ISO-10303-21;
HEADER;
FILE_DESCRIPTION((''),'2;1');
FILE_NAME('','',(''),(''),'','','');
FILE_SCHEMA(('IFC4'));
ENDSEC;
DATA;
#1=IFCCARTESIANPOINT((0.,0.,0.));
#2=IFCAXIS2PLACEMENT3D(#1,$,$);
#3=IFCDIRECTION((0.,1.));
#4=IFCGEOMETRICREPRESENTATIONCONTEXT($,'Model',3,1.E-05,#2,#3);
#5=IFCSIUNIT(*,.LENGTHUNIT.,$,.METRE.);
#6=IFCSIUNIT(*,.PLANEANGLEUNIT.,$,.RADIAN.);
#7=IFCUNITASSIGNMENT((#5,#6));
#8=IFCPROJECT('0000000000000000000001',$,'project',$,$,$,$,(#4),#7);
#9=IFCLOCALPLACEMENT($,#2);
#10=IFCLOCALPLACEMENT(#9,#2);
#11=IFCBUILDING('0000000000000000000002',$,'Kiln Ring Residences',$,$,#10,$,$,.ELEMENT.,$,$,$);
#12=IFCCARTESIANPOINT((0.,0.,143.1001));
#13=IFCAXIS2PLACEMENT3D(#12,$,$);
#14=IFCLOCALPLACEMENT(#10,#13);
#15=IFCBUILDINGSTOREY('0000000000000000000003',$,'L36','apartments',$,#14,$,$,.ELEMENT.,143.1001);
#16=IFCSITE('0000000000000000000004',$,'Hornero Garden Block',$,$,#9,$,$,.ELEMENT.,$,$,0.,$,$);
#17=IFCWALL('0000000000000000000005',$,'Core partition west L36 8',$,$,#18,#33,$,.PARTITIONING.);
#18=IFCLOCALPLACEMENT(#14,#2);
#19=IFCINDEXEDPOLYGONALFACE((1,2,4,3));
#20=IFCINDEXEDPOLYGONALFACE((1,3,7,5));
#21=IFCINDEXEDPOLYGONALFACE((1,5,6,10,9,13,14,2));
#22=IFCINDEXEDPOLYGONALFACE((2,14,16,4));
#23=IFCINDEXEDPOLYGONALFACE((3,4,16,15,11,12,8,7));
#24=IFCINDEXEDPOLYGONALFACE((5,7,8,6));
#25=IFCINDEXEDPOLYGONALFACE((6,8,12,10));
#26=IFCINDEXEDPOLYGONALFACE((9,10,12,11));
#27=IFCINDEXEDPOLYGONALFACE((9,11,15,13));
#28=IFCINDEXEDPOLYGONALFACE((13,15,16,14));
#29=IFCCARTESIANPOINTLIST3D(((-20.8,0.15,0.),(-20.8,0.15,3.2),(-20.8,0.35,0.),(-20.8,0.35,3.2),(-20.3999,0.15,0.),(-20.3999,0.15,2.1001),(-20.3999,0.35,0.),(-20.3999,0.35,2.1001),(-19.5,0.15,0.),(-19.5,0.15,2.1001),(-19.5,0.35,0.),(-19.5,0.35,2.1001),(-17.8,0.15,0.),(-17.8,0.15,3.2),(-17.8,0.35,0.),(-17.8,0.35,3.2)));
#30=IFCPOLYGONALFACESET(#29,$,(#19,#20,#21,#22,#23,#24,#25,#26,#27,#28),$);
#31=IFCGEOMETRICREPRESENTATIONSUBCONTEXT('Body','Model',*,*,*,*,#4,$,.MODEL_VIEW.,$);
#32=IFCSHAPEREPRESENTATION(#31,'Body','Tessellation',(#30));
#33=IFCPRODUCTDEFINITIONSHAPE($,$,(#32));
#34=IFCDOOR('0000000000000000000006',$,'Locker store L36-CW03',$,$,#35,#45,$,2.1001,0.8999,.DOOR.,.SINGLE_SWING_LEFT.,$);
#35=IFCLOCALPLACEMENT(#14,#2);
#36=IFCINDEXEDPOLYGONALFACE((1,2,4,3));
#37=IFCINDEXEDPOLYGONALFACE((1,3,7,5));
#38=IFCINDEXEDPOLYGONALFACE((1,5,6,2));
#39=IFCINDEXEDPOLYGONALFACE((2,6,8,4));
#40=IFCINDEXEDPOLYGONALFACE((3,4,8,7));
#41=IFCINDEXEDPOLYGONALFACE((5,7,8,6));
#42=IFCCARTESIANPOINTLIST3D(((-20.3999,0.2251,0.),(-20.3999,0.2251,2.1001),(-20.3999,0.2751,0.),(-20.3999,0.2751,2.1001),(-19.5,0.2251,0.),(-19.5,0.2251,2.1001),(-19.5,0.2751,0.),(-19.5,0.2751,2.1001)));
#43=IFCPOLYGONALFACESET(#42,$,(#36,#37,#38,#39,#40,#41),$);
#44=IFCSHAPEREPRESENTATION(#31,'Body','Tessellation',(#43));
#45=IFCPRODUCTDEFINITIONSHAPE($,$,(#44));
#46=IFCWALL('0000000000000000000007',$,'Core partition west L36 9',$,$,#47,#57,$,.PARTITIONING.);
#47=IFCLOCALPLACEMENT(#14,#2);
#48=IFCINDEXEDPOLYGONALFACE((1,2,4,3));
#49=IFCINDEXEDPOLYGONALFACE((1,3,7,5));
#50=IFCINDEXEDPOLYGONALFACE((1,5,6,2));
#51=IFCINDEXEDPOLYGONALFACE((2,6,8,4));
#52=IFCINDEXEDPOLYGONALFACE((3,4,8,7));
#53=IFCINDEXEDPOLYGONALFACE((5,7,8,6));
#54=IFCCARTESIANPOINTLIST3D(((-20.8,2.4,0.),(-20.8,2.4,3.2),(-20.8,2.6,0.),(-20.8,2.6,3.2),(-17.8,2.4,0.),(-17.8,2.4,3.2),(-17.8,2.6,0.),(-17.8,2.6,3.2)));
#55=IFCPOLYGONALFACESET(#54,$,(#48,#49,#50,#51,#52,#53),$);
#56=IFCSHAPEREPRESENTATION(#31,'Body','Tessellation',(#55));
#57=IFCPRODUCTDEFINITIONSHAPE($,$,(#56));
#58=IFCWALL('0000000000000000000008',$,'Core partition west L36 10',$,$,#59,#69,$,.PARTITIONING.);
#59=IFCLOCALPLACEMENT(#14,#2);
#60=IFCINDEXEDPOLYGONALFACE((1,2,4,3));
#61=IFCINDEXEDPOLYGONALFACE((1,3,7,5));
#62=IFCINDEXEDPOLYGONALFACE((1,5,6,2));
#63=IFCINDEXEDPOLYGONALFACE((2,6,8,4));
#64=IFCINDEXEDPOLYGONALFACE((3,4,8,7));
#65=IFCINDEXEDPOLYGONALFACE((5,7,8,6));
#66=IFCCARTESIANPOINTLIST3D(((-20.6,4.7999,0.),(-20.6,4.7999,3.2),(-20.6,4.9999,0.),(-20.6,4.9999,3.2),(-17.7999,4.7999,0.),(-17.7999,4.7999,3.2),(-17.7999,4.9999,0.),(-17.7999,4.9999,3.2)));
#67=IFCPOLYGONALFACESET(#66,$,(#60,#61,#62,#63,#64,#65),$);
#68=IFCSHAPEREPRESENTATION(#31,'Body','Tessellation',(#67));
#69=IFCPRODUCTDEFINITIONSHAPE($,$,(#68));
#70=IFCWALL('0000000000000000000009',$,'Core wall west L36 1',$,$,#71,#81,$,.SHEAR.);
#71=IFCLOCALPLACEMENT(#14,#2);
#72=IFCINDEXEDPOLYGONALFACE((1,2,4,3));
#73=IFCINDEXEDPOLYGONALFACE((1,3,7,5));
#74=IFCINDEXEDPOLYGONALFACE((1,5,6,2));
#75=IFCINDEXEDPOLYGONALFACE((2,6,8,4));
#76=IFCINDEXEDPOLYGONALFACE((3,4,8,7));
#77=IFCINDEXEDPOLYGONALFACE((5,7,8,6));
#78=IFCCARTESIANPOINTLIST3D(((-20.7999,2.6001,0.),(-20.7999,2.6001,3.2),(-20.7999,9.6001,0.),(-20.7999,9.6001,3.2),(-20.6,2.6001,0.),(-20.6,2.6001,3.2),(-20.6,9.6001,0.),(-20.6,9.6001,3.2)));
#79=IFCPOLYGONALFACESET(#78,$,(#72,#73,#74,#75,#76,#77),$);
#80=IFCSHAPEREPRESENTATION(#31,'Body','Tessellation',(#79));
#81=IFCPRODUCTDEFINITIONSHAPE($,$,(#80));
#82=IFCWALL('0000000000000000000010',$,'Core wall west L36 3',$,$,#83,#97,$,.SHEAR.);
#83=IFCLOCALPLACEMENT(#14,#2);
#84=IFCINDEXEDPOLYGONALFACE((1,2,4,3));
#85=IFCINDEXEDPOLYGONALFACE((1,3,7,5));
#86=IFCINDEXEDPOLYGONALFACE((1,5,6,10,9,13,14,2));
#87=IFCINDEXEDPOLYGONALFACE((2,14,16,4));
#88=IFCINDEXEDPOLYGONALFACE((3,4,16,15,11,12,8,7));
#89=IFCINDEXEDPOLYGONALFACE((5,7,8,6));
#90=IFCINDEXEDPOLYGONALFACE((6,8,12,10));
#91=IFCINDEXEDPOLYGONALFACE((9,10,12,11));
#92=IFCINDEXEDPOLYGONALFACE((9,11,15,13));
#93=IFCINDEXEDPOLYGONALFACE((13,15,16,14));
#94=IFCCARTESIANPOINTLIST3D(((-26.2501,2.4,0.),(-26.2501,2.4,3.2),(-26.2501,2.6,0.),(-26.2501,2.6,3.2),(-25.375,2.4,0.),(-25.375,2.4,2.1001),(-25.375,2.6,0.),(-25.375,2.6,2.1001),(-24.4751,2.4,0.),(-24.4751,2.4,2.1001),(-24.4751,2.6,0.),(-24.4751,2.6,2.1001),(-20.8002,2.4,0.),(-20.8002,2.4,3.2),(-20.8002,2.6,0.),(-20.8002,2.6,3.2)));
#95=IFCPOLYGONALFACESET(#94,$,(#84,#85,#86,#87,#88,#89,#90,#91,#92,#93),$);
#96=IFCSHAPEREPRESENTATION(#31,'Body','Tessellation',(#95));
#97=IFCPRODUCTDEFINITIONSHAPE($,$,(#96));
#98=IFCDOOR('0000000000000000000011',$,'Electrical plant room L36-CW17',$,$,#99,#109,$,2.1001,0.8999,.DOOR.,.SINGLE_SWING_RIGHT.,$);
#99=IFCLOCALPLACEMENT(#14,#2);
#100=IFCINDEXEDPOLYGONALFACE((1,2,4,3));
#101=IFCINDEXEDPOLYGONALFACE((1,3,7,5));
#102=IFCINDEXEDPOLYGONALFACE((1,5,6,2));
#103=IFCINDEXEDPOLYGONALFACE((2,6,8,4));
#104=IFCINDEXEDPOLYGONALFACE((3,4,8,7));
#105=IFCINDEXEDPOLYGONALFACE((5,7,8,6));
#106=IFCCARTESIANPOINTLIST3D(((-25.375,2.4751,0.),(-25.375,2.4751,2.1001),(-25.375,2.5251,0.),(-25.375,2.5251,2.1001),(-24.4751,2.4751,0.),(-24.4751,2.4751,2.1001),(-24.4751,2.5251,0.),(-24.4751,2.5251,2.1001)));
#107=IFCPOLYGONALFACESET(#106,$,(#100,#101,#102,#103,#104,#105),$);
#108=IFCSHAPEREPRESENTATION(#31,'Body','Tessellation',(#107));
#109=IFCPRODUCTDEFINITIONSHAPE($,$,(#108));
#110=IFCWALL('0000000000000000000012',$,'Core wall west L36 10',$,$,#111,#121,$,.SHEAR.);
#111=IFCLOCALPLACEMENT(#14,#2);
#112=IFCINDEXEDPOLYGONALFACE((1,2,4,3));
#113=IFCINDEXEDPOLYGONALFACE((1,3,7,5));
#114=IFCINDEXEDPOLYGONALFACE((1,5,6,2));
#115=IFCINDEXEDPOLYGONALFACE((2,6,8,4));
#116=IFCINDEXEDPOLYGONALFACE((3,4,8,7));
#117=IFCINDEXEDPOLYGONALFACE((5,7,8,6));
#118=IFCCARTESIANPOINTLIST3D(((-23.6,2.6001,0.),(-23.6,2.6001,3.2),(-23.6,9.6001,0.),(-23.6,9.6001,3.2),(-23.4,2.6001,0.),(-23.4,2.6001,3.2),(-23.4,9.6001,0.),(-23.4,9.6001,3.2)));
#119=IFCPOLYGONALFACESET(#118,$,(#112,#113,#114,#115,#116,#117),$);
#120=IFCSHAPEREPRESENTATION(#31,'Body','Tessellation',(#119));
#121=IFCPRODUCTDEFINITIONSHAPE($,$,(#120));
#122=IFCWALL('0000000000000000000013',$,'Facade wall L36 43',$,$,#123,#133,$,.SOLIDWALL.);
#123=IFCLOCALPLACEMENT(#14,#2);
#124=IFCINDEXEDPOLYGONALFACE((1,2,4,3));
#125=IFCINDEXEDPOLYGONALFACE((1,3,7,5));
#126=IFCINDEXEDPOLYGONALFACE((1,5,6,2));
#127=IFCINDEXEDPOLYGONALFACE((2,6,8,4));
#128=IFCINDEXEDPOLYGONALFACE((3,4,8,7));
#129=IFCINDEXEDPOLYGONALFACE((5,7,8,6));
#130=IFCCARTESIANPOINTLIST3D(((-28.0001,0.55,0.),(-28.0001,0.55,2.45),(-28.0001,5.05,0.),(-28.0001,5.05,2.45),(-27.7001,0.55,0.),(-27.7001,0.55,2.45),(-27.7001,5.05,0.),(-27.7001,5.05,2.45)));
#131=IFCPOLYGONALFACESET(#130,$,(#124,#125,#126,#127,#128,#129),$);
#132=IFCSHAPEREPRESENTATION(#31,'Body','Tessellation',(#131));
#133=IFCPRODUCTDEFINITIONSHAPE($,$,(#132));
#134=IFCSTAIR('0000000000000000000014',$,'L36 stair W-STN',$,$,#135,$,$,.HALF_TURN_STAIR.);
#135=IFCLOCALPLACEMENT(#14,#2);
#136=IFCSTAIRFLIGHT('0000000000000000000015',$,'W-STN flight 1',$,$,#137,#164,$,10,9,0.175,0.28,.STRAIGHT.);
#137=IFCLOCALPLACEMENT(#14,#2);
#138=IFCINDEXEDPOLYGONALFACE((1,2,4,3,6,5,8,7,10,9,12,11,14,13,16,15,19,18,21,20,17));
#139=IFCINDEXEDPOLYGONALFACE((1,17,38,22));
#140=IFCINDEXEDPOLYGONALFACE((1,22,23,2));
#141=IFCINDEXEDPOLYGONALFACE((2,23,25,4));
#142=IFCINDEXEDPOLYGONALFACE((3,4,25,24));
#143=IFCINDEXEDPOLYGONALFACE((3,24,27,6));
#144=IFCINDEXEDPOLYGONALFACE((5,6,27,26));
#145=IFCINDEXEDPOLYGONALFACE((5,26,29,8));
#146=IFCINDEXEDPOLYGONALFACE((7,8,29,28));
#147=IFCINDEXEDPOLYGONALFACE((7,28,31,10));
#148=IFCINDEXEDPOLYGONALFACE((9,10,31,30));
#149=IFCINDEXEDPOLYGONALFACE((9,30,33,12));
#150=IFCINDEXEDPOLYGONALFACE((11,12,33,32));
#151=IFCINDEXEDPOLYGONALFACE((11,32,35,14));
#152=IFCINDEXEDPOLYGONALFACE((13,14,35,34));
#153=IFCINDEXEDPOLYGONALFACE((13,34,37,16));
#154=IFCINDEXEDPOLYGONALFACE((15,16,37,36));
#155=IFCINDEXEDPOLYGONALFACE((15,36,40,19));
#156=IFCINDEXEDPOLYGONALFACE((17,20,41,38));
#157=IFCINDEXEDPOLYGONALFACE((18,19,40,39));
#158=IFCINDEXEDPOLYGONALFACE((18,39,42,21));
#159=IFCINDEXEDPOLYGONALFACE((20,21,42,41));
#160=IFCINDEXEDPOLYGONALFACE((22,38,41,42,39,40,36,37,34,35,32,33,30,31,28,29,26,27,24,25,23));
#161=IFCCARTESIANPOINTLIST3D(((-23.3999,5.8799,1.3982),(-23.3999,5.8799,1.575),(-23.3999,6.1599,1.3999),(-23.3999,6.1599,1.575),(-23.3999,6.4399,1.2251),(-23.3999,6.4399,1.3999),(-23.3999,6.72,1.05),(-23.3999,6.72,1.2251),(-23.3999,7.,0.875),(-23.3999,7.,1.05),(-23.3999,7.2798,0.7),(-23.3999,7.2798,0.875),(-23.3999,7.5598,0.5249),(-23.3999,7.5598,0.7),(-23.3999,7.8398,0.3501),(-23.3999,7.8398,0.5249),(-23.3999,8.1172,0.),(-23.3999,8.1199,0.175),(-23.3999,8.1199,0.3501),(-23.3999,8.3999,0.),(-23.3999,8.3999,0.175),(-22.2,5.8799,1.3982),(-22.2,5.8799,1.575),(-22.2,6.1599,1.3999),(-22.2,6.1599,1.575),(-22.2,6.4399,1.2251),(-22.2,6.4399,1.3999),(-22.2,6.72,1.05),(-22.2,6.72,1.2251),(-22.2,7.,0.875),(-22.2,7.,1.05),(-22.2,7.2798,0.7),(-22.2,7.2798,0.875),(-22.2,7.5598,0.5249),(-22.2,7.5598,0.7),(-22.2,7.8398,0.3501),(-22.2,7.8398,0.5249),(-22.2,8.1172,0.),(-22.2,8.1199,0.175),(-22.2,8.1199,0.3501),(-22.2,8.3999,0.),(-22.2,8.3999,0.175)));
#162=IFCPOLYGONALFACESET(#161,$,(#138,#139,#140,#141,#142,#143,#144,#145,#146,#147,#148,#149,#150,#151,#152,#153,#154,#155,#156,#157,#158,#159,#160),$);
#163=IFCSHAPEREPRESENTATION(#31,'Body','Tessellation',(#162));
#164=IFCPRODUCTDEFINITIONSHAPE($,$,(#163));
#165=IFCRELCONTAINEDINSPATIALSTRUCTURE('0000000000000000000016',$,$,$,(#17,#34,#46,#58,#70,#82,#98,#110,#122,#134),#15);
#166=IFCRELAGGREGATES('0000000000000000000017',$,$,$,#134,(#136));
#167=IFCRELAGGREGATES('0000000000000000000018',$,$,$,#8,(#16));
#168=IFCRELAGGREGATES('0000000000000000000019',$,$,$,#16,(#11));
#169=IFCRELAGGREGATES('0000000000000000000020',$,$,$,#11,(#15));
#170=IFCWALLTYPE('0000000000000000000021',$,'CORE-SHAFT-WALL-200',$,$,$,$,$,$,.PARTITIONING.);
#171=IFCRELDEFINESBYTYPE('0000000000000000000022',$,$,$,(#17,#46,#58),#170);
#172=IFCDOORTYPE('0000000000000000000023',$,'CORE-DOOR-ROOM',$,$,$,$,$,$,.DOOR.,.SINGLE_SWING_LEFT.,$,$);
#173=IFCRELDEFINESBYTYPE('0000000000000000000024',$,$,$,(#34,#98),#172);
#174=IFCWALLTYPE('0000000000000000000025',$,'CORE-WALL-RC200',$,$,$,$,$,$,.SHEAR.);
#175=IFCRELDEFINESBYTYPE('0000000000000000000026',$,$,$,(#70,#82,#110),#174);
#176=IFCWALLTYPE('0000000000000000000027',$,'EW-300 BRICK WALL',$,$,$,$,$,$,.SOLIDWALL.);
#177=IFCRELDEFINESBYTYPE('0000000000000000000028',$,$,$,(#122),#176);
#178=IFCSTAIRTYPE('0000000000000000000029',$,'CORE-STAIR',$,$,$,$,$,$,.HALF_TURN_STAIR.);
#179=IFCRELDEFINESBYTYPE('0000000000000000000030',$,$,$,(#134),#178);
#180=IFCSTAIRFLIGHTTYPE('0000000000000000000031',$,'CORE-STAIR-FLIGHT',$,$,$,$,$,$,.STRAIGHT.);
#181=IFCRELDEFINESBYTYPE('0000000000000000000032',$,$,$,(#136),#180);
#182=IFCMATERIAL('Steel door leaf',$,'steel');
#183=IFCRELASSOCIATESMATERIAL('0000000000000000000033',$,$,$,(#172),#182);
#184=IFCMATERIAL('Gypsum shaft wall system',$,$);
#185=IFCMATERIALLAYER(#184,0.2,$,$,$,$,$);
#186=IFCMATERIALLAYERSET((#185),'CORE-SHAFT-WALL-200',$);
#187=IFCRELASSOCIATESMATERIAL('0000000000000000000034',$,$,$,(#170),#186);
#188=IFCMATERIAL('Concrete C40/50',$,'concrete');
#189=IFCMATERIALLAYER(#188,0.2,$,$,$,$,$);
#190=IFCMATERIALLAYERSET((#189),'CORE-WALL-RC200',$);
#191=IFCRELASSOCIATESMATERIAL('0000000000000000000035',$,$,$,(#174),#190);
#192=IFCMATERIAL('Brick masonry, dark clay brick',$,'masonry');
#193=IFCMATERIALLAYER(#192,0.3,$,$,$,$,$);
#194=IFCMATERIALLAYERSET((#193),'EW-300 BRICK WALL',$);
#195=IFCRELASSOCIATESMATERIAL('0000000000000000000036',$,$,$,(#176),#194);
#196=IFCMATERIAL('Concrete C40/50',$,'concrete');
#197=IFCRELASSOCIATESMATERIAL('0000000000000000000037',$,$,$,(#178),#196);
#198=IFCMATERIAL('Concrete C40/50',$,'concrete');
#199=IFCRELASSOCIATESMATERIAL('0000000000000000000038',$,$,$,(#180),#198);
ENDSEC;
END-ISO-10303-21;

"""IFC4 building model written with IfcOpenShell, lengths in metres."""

from ifc_helpers import new_model, si_unit, direction, frame, frame_2d, origin, place, context, subcontext, project, spatial, polyline, rectangle, outline, extrude, material, layer, layer_set, type_object, element, fill, aggregate, save


model = new_model("IFC4")

# Units and contexts
model_context = context("Model", 3, precision=1e-05, world=origin(), true_north=direction((0.0, 1.0)))
body_context = subcontext(model_context, "Body", "Model", "MODEL_VIEW")
ifc_project = project(units=[si_unit("LENGTHUNIT", "METRE"), si_unit("PLANEANGLEUNIT", "RADIAN")], contexts=[model_context])

# Site, building, storey
site_placement = place(None, origin())
site = spatial("IfcSite", under=ifc_project, at=site_placement, Name="Hornero Garden Block", CompositionType="ELEMENT", RefElevation=0.0)
building_placement = place(site_placement, origin())
building = spatial("IfcBuilding", under=site, at=building_placement, Name="Kiln Ring Residences", CompositionType="ELEMENT")
storey_placement = place(building_placement, frame((0.0, 0.0, 143.1001)))
storey = spatial("IfcBuildingStorey", under=building, at=storey_placement, Name="L36", Description="apartments", CompositionType="ELEMENT", Elevation=143.1001)

# Shared definitions
ifc_material_1 = material(Name="Steel door leaf", Category="steel")
door_type = type_object("IfcDoorType", Name="CORE-DOOR-ROOM", OperationType="SINGLE_SWING_LEFT", PredefinedType="DOOR", material=ifc_material_1)

# Wall, opening, door
ifc_material_2 = material(Name="Gypsum shaft wall system")
ifc_layer_1 = layer(ifc_material_2, 0.2)
ifc_layer_set_1 = layer_set([ifc_layer_1], Name="CORE-SHAFT-WALL-200")
wall_type_1 = type_object("IfcWallType", Name="CORE-SHAFT-WALL-200", PredefinedType="PARTITIONING", material=ifc_layer_set_1)
wall_1_placement = place(storey_placement, frame((-17.8, 0.25, 0.0), z_axis=(0.0, 0.0, 1.0), x_axis=(-1.0, 0.0, 0.0)))
wall_1 = element("IfcWall", 1, at=wall_1_placement, inside=storey, type_object=wall_type_1, Name="Core partition west L36 8", PredefinedType="PARTITIONING", context=body_context, shape_type="SweptSolid", body=[
    extrude(rectangle(XDim=3.0, YDim=0.2, at=frame_2d((1.5, 0.0))), origin(), (0.0, 0.0, 1.0), 3.2),
])
opening_1_placement = place(wall_1_placement, frame((1.7, 0.0, 0.0)))
opening_1 = element("IfcOpeningElement", 2, at=opening_1_placement, cuts=wall_1, PredefinedType="OPENING", context=body_context, shape_type="SweptSolid", body=[
    extrude(rectangle(XDim=0.8999, YDim=2.1001, at=frame_2d((0.45, 1.05))), frame((0.0, 0.1099, 0.0), z_axis=(0.0, -1.0, 0.0), x_axis=(1.0, 0.0, 0.0)), (0.0, 0.0, 1.0), 0.22),
])
door_1_placement = place(opening_1_placement, origin())
door_1 = element("IfcDoor", 3, at=door_1_placement, inside=storey, type_object=door_type, Name="Locker store L36-CW03", OperationType="SINGLE_SWING_LEFT", OverallHeight=2.1001, OverallWidth=0.8999, PredefinedType="DOOR", context=body_context, shape_type="SweptSolid", body=[
    extrude(rectangle(XDim=0.8999, YDim=2.1001, at=frame_2d((0.45, 1.05))), frame((0.0, 0.0249, 0.0), z_axis=(0.0, -1.0, 0.0), x_axis=(1.0, 0.0, 0.0)), (0.0, 0.0, 1.0), 0.05),
])
fill(opening_1, door_1)

# Walls
wall_2_placement = place(storey_placement, frame((-17.8, 2.5, 0.0), z_axis=(0.0, 0.0, 1.0), x_axis=(-1.0, 0.0, 0.0)))
element("IfcWall", 4, at=wall_2_placement, inside=storey, type_object=wall_type_1, Name="Core partition west L36 9", PredefinedType="PARTITIONING", context=body_context, shape_type="SweptSolid", body=[
    extrude(rectangle(XDim=3.0, YDim=0.2, at=frame_2d((1.5, 0.0))), origin(), (0.0, 0.0, 1.0), 3.2),
])
wall_3_placement = place(storey_placement, frame((-17.8, 4.8999, 0.0), z_axis=(0.0, 0.0, 1.0), x_axis=(-1.0, 0.0, 0.0)))
element("IfcWall", 5, at=wall_3_placement, inside=storey, type_object=wall_type_1, Name="Core partition west L36 10", PredefinedType="PARTITIONING", context=body_context, shape_type="SweptSolid", body=[
    extrude(rectangle(XDim=2.8, YDim=0.2, at=frame_2d((1.3999, 0.0))), origin(), (0.0, 0.0, 1.0), 3.2),
])
ifc_material_3 = material(Name="Concrete C40/50", Category="concrete")
ifc_layer_2 = layer(ifc_material_3, 0.2)
ifc_layer_set_2 = layer_set([ifc_layer_2], Name="CORE-WALL-RC200")
wall_type_2 = type_object("IfcWallType", Name="CORE-WALL-RC200", PredefinedType="SHEAR", material=ifc_layer_set_2)
wall_4_placement = place(storey_placement, frame((-20.7, 2.6001, 0.0), z_axis=(0.0, 0.0, 1.0), x_axis=(0.0, 1.0, 0.0)))
element("IfcWall", 6, at=wall_4_placement, inside=storey, type_object=wall_type_2, Name="Core wall west L36 1", PredefinedType="SHEAR", context=body_context, shape_type="SweptSolid", body=[
    extrude(rectangle(XDim=7.0, YDim=0.2, at=frame_2d((3.5, 0.0))), origin(), (0.0, 0.0, 1.0), 3.2),
])

# Wall, opening, door
wall_5_placement = place(storey_placement, frame((-20.8, 2.5, 0.0), z_axis=(0.0, 0.0, 1.0), x_axis=(-1.0, 0.0, 0.0)))
wall_5 = element("IfcWall", 7, at=wall_5_placement, inside=storey, type_object=wall_type_2, Name="Core wall west L36 3", PredefinedType="SHEAR", context=body_context, shape_type="SweptSolid", body=[
    extrude(rectangle(XDim=5.45, YDim=0.2, at=frame_2d((2.7251, 0.0))), origin(), (0.0, 0.0, 1.0), 3.2),
])
opening_2_placement = place(wall_5_placement, frame((3.675, 0.0, 0.0)))
opening_2 = element("IfcOpeningElement", 8, at=opening_2_placement, cuts=wall_5, PredefinedType="OPENING", context=body_context, shape_type="SweptSolid", body=[
    extrude(rectangle(XDim=0.8999, YDim=2.1001, at=frame_2d((0.45, 1.05))), frame((0.0, 0.1099, 0.0), z_axis=(0.0, -1.0, 0.0), x_axis=(1.0, 0.0, 0.0)), (0.0, 0.0, 1.0), 0.22),
])
door_2_placement = place(opening_2_placement, origin())
door_2 = element("IfcDoor", 9, at=door_2_placement, inside=storey, type_object=door_type, Name="Electrical plant room L36-CW17", OperationType="SINGLE_SWING_RIGHT", OverallHeight=2.1001, OverallWidth=0.8999, PredefinedType="DOOR", context=body_context, shape_type="SweptSolid", body=[
    extrude(rectangle(XDim=0.8999, YDim=2.1001, at=frame_2d((0.45, 1.05))), frame((0.0, 0.0249, 0.0), z_axis=(0.0, -1.0, 0.0), x_axis=(1.0, 0.0, 0.0)), (0.0, 0.0, 1.0), 0.05),
])
fill(opening_2, door_2)

# Walls
wall_6_placement = place(storey_placement, frame((-23.5, 2.6001, 0.0), z_axis=(0.0, 0.0, 1.0), x_axis=(0.0, 1.0, 0.0)))
element("IfcWall", 10, at=wall_6_placement, inside=storey, type_object=wall_type_2, Name="Core wall west L36 10", PredefinedType="SHEAR", context=body_context, shape_type="SweptSolid", body=[
    extrude(rectangle(XDim=7.0, YDim=0.2, at=frame_2d((3.5, 0.0))), origin(), (0.0, 0.0, 1.0), 3.2),
])
ifc_material_4 = material(Name="Brick masonry, dark clay brick", Category="masonry")
ifc_layer_3 = layer(ifc_material_4, 0.3)
ifc_layer_set_3 = layer_set([ifc_layer_3], Name="EW-300 BRICK WALL")
wall_type_3 = type_object("IfcWallType", Name="EW-300 BRICK WALL", PredefinedType="SOLIDWALL", material=ifc_layer_set_3)
wall_7_placement = place(storey_placement, frame((-27.8501, 5.05, 0.0), z_axis=(0.0, 0.0, 1.0), x_axis=(0.0, -1.0, 0.0)))
element("IfcWall", 11, at=wall_7_placement, inside=storey, type_object=wall_type_3, Name="Facade wall L36 43", PredefinedType="SOLIDWALL", context=body_context, shape_type="SweptSolid", body=[
    extrude(rectangle(XDim=4.5, YDim=0.3, at=frame_2d((2.25, 0.0))), origin(), (0.0, 0.0, 1.0), 2.45),
])

# Stair, stair flight
ifc_material_5 = material(Name="Concrete C40/50", Category="concrete")
stair_type = type_object("IfcStairType", Name="CORE-STAIR", PredefinedType="HALF_TURN_STAIR", material=ifc_material_5)
stair_placement = place(storey_placement, origin())
stair = element("IfcStair", 12, at=stair_placement, inside=storey, type_object=stair_type, Name="L36 stair W-STN", PredefinedType="HALF_TURN_STAIR")
ifc_material_6 = material(Name="Concrete C40/50", Category="concrete")
stair_flight_type = type_object("IfcStairFlightType", Name="CORE-STAIR-FLIGHT", PredefinedType="STRAIGHT", material=ifc_material_6)
stair_flight_1_placement = place(storey_placement, frame((-22.8, 8.3999, 0.0), z_axis=(0.0, 0.0, 1.0), x_axis=(0.0, -1.0, 0.0)))
stair_flight_1 = element("IfcStairFlight", 13, at=stair_flight_1_placement, type_object=stair_flight_type, Name="W-STN flight 1", NumberOfRisers=10, NumberOfTreads=9, PredefinedType="STRAIGHT", RiserHeight=0.175, TreadLength=0.28, context=body_context, shape_type="SweptSolid", body=[
    extrude(outline(polyline([(0.0, 0.0), (0.0, 0.175), (0.28, 0.175), (0.28, 0.3501), (0.5601, 0.3501), (0.5601, 0.5249), (0.8401, 0.5249), (0.8401, 0.7), (1.1201, 0.7), (1.1201, 0.875), (1.3999, 0.875), (1.3999, 1.05), (1.6799, 1.05), (1.6799, 1.2251), (1.96, 1.2251), (1.96, 1.3999), (2.24, 1.3999), (2.24, 1.575), (2.52, 1.575), (2.52, 1.75), (2.52, 1.3982), (0.2827, 0.0), (0.0, 0.0)])), frame((0.0, 0.6001, 0.0), z_axis=(0.0, -1.0, 0.0), x_axis=(1.0, 0.0, 0.0)), (0.0, 0.0, 1.0), 1.2),
])
aggregate(stair, [stair_flight_1])

save(model, "model.ifc")
